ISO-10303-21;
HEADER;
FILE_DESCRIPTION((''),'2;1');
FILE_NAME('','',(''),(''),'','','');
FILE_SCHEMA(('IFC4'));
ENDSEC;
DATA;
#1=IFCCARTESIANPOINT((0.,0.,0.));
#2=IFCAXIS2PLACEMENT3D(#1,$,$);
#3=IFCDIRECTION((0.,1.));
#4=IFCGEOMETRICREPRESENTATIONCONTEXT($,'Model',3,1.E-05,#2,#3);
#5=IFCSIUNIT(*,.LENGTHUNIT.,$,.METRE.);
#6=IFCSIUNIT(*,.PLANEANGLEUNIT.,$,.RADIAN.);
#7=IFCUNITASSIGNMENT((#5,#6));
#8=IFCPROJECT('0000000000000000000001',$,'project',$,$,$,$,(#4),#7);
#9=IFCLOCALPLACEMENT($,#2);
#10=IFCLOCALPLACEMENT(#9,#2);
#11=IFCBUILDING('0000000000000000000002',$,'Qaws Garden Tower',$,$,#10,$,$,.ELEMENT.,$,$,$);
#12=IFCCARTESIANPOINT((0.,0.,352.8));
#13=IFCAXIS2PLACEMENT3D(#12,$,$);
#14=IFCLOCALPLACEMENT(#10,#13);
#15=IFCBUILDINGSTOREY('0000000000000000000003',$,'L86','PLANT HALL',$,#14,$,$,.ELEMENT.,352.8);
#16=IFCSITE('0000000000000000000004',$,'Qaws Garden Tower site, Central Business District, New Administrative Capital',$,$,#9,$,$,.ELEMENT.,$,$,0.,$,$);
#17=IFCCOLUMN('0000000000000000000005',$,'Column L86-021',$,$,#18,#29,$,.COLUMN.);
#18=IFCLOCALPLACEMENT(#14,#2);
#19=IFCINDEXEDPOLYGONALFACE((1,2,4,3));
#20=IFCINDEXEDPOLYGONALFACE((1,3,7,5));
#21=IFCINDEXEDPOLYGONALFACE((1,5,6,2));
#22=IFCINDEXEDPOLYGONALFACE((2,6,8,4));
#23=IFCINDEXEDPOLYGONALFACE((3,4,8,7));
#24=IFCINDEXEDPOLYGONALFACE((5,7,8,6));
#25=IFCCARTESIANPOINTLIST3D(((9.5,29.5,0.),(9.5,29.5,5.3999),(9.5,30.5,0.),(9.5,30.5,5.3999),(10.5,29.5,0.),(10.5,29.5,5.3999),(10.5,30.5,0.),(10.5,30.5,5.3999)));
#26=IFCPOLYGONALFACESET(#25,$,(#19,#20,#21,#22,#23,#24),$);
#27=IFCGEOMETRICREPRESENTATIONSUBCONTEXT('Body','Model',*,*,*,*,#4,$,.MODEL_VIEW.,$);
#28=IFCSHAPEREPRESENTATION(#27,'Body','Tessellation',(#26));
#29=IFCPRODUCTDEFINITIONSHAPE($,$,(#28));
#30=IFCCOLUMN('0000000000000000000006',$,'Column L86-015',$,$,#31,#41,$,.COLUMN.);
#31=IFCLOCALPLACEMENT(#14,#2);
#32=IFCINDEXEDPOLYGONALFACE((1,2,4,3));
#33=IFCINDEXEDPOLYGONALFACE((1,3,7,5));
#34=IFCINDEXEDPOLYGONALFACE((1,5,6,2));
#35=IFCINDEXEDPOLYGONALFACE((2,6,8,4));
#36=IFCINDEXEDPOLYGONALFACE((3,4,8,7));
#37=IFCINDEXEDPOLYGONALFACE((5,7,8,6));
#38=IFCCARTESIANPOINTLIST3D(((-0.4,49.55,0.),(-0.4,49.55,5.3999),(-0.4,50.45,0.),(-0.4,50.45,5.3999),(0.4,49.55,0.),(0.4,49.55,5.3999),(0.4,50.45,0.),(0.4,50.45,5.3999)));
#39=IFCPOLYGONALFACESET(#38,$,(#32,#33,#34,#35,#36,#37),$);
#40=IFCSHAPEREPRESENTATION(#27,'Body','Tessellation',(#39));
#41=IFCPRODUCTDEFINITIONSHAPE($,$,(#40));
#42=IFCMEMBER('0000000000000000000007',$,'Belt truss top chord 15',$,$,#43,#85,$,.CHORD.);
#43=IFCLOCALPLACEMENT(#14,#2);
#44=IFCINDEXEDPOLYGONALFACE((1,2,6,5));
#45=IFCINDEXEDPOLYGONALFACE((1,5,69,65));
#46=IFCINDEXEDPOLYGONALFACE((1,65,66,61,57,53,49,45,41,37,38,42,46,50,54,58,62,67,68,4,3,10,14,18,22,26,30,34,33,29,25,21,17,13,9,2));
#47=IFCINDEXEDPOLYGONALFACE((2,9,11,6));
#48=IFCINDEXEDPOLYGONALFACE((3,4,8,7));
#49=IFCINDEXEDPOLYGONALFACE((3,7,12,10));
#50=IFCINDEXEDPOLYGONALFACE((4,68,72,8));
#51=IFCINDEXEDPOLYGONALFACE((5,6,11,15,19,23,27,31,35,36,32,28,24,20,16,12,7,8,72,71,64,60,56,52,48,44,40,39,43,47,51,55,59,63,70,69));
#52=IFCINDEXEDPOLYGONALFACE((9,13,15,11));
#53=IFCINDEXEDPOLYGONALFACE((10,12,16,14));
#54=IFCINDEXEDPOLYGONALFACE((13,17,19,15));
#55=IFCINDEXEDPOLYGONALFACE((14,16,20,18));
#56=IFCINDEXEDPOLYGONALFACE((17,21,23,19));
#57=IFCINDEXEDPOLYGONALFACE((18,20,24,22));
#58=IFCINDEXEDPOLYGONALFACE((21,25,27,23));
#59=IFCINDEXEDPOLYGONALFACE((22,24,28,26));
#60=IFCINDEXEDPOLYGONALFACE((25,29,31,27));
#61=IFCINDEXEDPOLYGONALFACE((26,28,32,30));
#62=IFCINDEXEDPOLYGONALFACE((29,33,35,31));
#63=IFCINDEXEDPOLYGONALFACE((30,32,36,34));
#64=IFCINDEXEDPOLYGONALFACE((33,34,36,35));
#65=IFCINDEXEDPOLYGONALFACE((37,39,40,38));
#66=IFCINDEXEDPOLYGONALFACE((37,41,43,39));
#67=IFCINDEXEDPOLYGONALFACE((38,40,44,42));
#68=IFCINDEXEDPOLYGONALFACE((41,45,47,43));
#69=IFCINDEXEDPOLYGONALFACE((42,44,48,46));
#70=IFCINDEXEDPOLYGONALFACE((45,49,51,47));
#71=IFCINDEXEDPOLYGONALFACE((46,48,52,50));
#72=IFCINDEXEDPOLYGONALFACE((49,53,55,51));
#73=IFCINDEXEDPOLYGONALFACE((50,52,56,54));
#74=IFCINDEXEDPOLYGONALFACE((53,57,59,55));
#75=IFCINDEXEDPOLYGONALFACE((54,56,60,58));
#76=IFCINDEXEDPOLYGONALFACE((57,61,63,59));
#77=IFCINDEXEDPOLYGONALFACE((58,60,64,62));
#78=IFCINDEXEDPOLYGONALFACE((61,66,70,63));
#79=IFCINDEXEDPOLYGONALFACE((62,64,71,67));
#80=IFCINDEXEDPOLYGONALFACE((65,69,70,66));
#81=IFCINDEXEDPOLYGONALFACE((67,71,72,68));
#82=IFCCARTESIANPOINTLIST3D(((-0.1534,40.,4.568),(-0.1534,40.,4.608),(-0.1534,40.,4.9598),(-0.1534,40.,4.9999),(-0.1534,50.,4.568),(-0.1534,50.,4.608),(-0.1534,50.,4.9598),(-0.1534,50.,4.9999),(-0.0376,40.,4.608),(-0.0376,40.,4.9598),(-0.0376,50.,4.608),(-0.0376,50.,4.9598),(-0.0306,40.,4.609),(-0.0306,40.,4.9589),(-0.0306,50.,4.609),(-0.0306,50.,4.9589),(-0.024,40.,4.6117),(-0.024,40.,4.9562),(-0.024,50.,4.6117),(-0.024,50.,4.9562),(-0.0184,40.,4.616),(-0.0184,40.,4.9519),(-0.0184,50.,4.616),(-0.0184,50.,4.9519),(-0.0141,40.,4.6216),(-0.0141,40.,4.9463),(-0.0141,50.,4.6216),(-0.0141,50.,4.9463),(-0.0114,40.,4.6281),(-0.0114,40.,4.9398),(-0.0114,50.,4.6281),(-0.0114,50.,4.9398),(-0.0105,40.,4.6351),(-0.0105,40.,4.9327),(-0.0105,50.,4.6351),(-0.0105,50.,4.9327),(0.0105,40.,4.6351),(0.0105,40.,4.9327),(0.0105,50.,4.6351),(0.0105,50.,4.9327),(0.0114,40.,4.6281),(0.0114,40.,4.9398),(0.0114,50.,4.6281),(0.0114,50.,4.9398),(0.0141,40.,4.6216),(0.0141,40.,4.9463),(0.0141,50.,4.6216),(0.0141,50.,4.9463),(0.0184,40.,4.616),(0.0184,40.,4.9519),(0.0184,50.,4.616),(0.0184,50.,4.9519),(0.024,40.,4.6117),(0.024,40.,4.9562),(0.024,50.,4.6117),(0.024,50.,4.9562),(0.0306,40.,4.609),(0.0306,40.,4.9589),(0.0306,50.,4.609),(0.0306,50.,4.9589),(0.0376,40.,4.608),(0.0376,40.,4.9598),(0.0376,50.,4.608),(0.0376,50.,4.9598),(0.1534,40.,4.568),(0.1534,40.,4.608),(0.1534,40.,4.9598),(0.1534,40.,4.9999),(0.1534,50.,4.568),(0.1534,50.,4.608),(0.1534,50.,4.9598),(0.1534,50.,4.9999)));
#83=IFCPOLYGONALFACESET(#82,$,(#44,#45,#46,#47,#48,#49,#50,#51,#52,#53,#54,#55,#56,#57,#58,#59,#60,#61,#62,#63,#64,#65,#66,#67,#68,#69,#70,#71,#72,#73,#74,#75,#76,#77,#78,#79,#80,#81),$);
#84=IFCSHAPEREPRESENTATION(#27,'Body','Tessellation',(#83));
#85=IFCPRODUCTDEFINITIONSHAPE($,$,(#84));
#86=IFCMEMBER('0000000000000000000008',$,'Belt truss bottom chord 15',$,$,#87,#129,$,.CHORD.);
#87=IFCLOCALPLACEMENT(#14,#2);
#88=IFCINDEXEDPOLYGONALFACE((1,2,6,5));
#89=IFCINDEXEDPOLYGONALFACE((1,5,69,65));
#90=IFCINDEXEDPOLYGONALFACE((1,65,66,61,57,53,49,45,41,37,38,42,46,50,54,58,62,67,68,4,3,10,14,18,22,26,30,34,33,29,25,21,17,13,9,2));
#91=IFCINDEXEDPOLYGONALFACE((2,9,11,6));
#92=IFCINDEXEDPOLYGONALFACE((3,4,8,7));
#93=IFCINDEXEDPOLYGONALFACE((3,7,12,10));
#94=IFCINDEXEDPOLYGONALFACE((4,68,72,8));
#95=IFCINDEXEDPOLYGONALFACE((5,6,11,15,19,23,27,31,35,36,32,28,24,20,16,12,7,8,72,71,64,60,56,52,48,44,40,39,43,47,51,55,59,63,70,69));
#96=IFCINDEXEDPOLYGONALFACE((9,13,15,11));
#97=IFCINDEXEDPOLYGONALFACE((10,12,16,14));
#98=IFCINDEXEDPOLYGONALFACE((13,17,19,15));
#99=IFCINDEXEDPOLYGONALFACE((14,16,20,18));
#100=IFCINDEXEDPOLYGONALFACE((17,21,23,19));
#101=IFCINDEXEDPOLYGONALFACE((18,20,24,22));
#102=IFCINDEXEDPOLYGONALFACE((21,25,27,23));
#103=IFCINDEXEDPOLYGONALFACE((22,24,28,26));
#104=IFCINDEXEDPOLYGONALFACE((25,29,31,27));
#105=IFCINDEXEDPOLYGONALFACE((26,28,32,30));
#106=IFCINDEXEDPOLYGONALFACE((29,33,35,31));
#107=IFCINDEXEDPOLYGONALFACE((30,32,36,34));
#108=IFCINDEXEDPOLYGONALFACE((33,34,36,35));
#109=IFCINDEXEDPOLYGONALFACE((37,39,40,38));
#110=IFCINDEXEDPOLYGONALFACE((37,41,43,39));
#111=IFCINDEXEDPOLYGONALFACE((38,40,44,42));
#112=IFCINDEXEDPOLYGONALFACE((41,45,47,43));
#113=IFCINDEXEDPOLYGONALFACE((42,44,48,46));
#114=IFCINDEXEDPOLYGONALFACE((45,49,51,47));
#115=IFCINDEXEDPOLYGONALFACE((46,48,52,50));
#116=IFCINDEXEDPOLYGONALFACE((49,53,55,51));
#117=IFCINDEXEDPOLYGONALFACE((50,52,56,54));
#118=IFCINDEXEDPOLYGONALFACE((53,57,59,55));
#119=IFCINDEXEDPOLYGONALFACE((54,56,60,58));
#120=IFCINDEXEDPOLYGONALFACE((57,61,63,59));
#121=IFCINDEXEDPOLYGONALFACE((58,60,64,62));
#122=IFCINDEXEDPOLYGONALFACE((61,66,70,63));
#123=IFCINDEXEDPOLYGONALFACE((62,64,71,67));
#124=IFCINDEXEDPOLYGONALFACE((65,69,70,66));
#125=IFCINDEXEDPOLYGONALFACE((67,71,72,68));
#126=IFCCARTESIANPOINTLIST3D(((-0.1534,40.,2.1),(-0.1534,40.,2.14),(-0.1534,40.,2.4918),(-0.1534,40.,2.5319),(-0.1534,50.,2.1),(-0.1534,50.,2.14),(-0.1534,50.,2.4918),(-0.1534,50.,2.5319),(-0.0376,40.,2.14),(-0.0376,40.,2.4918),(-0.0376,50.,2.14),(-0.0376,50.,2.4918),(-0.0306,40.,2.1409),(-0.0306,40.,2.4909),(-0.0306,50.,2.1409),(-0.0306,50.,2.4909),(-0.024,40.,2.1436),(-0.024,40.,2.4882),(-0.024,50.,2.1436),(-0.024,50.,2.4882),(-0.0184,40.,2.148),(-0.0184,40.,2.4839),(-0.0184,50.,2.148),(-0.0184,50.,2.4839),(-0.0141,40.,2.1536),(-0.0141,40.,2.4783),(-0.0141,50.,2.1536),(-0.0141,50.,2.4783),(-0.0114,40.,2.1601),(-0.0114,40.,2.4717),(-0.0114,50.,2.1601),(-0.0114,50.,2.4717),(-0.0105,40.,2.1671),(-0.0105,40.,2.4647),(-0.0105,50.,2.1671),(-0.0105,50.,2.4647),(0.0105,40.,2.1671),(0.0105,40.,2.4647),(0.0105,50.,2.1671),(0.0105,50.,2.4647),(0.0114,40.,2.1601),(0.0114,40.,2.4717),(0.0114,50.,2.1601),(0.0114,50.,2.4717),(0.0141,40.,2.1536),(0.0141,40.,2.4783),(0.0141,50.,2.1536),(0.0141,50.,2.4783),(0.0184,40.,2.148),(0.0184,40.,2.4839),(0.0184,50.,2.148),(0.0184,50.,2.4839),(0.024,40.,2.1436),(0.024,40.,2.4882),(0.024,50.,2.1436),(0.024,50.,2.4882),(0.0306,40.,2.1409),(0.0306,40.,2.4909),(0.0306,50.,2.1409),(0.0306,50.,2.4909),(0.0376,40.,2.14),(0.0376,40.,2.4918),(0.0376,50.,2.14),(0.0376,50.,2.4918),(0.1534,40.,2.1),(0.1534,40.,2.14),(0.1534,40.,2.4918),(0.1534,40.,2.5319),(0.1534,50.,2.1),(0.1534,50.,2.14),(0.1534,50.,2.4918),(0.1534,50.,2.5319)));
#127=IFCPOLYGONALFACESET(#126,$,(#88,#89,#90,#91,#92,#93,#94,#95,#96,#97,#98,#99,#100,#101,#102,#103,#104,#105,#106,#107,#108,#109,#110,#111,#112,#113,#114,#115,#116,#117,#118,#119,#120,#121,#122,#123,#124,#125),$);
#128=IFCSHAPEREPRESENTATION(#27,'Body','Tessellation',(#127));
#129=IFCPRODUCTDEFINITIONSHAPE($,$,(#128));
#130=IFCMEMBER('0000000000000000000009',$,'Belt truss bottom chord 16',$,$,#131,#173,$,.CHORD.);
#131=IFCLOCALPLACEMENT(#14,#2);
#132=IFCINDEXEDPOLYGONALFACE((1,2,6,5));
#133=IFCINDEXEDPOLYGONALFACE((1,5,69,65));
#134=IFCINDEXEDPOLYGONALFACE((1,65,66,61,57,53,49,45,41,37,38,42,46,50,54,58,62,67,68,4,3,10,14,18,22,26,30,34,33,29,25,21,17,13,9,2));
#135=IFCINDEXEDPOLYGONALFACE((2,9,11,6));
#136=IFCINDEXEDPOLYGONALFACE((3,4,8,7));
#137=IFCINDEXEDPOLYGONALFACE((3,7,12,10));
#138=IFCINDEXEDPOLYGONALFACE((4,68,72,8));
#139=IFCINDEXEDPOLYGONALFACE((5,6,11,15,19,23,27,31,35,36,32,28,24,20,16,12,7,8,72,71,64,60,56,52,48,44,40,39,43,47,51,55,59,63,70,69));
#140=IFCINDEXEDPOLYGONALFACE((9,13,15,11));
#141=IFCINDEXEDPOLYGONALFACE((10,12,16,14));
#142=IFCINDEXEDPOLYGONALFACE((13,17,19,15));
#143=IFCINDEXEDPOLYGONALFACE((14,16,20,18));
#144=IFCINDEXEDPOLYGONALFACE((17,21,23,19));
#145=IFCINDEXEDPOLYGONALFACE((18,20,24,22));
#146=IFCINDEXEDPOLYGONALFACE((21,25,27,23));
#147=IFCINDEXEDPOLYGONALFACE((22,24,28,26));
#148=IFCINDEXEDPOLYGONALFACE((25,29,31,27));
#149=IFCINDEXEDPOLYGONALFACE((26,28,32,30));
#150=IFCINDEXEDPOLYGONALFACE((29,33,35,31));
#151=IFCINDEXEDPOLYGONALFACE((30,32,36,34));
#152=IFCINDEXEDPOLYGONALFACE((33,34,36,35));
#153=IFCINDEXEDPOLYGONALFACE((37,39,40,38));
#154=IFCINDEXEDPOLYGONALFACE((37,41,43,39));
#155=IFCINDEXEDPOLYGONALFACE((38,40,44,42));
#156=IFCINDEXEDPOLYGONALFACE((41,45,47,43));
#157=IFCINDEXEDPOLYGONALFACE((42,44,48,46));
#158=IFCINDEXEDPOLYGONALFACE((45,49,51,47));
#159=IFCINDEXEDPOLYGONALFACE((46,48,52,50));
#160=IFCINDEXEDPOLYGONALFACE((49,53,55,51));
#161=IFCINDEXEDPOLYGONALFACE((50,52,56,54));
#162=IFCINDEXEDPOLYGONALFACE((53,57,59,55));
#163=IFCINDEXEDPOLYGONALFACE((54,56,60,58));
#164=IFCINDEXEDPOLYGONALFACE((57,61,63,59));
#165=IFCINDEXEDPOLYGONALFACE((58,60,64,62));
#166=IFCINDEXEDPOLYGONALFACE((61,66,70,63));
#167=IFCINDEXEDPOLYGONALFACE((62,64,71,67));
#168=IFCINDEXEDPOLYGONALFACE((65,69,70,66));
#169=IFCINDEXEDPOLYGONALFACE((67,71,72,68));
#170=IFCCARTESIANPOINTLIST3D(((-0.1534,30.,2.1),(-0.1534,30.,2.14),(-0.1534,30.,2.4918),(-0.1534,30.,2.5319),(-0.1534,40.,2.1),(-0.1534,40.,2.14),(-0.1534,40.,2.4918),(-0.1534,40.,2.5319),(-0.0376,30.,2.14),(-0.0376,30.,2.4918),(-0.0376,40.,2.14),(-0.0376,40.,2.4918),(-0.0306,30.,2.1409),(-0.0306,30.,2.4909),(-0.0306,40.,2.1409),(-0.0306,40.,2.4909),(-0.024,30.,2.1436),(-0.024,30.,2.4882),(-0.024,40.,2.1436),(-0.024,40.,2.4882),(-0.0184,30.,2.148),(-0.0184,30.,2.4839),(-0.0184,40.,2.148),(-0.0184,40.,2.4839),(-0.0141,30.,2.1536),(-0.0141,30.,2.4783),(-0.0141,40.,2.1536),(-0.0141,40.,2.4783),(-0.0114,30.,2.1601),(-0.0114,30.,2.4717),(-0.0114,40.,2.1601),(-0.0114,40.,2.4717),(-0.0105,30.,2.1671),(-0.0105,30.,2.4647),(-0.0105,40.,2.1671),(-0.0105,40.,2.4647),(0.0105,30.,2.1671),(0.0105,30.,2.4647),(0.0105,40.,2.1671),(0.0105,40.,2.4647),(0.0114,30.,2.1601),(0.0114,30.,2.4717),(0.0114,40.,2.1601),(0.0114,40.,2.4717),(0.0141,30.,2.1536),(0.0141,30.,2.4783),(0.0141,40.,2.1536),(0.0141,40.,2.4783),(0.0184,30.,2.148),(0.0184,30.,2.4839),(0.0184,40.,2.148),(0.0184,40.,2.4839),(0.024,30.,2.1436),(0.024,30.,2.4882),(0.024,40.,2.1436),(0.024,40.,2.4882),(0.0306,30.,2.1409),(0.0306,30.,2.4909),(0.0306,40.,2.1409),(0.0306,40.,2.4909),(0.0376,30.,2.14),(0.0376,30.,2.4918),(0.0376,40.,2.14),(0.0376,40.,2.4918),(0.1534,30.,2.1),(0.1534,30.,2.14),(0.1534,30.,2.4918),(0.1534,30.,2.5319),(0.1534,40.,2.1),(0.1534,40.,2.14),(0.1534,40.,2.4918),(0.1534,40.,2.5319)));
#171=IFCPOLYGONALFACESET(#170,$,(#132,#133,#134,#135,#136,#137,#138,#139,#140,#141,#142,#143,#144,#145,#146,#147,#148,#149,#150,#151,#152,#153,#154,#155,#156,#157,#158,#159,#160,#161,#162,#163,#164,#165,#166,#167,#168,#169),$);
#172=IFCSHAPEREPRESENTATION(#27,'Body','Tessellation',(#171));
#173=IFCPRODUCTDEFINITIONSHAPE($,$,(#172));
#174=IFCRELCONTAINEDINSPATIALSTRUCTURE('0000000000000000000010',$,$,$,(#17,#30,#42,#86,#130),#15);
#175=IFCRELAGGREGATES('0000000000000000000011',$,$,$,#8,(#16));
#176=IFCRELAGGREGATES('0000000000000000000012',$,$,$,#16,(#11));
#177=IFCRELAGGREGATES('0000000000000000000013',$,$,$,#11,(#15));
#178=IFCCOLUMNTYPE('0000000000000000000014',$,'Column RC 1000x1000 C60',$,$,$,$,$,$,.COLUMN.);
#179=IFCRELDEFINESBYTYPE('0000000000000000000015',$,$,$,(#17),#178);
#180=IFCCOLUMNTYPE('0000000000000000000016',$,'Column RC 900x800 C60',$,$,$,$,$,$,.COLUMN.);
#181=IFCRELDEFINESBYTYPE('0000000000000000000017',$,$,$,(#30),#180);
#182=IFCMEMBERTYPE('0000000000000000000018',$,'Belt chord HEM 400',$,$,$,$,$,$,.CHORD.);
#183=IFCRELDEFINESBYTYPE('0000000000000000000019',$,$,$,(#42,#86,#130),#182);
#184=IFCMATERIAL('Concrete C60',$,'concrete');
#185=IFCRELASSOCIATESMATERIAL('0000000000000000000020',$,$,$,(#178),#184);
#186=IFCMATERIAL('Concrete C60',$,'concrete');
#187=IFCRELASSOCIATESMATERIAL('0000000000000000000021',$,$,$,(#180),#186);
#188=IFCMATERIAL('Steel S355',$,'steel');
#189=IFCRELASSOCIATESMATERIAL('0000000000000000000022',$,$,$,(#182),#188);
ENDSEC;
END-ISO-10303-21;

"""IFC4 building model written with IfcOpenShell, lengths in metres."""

from ifc_helpers import new_model, si_unit, direction, frame, origin, origin_2d, place, context, subcontext, project, spatial, rectangle, i_section, extrude, material, material_profile, profile_set, type_object, element, save


model = new_model("IFC4")

# Units and contexts
model_context = context("Model", 3, precision=1e-05, world=origin(), true_north=direction((0.0, 1.0)))
body_context = subcontext(model_context, "Body", "Model", "MODEL_VIEW")
ifc_project = project(units=[si_unit("LENGTHUNIT", "METRE"), si_unit("PLANEANGLEUNIT", "RADIAN")], contexts=[model_context])

# Site, building, storey
site_placement = place(None, origin())
site = spatial("IfcSite", under=ifc_project, at=site_placement, Name="Qaws Garden Tower site, Central Business District, New Administrative Capital", CompositionType="ELEMENT", RefElevation=0.0)
building_placement = place(site_placement, origin())
building = spatial("IfcBuilding", under=site, at=building_placement, Name="Qaws Garden Tower", CompositionType="ELEMENT")
storey_placement = place(building_placement, frame((0.0, 0.0, 352.8)))
storey = spatial("IfcBuildingStorey", under=building, at=storey_placement, Name="L86", Description="PLANT HALL", CompositionType="ELEMENT", Elevation=352.8)

# Columns
ifc_material_1 = material(Name="Concrete C60", Category="concrete")
ifc_material_profile_1 = material_profile(ifc_material_1, rectangle(XDim=1.0, YDim=1.0, at=origin_2d()), Name="RC 1000x1000")
ifc_profile_set_1 = profile_set([ifc_material_profile_1], Name="Concrete C60")
column_type_1 = type_object("IfcColumnType", Name="Column RC 1000x1000 C60", PredefinedType="COLUMN", material=ifc_profile_set_1)
column_1_placement = place(storey_placement, frame((10.0, 30.0, 0.0), z_axis=(0.0, 0.0, 1.0), x_axis=(1.0, 0.0, 0.0)))
element("IfcColumn", 1, at=column_1_placement, inside=storey, type_object=column_type_1, Name="Column L86-021", PredefinedType="COLUMN", context=body_context, shape_type="SweptSolid", body=[
    extrude(rectangle(XDim=1.0, YDim=1.0, at=origin_2d()), origin(), (0.0, 0.0, 1.0), 5.3999),
])
ifc_material_2 = material(Name="Concrete C60", Category="concrete")
ifc_material_profile_2 = material_profile(ifc_material_2, rectangle(XDim=0.8999, YDim=0.8, at=origin_2d()), Name="RC 900x800")
ifc_profile_set_2 = profile_set([ifc_material_profile_2], Name="Concrete C60")
column_type_2 = type_object("IfcColumnType", Name="Column RC 900x800 C60", PredefinedType="COLUMN", material=ifc_profile_set_2)
column_2_placement = place(storey_placement, frame((0.0, 50.0, 0.0), z_axis=(0.0, 0.0, 1.0), x_axis=(0.0, 1.0, 0.0)))
element("IfcColumn", 2, at=column_2_placement, inside=storey, type_object=column_type_2, Name="Column L86-015", PredefinedType="COLUMN", context=body_context, shape_type="SweptSolid", body=[
    extrude(rectangle(XDim=0.8999, YDim=0.8, at=origin_2d()), origin(), (0.0, 0.0, 1.0), 5.3999),
])

# Members
ifc_material_3 = material(Name="Steel S355", Category="steel")
ifc_material_profile_3 = material_profile(ifc_material_3, i_section(OverallWidth=0.3069, OverallDepth=0.4319, WebThickness=0.021, FlangeThickness=0.04, FilletRadius=0.0271, at=origin_2d()), Name="HEM 400")
ifc_profile_set_3 = profile_set([ifc_material_profile_3], Name="Steel S355")
member_type_1 = type_object("IfcMemberType", Name="Belt chord HEM 400", PredefinedType="CHORD", material=ifc_profile_set_3)
for number, where, z_axis, x_axis, name in (
    (3, (0.0, 50.0, 4.7839), (0.0, -1.0, 0.0), (1.0, 0.0, 0.0), "Belt truss top chord 15"),
    (4, (0.0, 50.0, 2.3159), (0.0, -1.0, 0.0), (1.0, 0.0, 0.0), "Belt truss bottom chord 15"),
    (5, (0.0, 40.0, 2.3159), (0.0, -1.0, 0.0), (1.0, 0.0, 0.0), "Belt truss bottom chord 16"),
):
    element("IfcMember", number, at=place(storey_placement, frame(where, z_axis=z_axis, x_axis=x_axis)), inside=storey, type_object=member_type_1, Name=name, PredefinedType="CHORD", context=body_context, shape_type="SweptSolid", body=[
        extrude(i_section(OverallWidth=0.3069, OverallDepth=0.4319, WebThickness=0.021, FlangeThickness=0.04, FilletRadius=0.0271, at=origin_2d()), origin(), (0.0, 0.0, 1.0), 10.0),
    ])

save(model, "model.ifc")
